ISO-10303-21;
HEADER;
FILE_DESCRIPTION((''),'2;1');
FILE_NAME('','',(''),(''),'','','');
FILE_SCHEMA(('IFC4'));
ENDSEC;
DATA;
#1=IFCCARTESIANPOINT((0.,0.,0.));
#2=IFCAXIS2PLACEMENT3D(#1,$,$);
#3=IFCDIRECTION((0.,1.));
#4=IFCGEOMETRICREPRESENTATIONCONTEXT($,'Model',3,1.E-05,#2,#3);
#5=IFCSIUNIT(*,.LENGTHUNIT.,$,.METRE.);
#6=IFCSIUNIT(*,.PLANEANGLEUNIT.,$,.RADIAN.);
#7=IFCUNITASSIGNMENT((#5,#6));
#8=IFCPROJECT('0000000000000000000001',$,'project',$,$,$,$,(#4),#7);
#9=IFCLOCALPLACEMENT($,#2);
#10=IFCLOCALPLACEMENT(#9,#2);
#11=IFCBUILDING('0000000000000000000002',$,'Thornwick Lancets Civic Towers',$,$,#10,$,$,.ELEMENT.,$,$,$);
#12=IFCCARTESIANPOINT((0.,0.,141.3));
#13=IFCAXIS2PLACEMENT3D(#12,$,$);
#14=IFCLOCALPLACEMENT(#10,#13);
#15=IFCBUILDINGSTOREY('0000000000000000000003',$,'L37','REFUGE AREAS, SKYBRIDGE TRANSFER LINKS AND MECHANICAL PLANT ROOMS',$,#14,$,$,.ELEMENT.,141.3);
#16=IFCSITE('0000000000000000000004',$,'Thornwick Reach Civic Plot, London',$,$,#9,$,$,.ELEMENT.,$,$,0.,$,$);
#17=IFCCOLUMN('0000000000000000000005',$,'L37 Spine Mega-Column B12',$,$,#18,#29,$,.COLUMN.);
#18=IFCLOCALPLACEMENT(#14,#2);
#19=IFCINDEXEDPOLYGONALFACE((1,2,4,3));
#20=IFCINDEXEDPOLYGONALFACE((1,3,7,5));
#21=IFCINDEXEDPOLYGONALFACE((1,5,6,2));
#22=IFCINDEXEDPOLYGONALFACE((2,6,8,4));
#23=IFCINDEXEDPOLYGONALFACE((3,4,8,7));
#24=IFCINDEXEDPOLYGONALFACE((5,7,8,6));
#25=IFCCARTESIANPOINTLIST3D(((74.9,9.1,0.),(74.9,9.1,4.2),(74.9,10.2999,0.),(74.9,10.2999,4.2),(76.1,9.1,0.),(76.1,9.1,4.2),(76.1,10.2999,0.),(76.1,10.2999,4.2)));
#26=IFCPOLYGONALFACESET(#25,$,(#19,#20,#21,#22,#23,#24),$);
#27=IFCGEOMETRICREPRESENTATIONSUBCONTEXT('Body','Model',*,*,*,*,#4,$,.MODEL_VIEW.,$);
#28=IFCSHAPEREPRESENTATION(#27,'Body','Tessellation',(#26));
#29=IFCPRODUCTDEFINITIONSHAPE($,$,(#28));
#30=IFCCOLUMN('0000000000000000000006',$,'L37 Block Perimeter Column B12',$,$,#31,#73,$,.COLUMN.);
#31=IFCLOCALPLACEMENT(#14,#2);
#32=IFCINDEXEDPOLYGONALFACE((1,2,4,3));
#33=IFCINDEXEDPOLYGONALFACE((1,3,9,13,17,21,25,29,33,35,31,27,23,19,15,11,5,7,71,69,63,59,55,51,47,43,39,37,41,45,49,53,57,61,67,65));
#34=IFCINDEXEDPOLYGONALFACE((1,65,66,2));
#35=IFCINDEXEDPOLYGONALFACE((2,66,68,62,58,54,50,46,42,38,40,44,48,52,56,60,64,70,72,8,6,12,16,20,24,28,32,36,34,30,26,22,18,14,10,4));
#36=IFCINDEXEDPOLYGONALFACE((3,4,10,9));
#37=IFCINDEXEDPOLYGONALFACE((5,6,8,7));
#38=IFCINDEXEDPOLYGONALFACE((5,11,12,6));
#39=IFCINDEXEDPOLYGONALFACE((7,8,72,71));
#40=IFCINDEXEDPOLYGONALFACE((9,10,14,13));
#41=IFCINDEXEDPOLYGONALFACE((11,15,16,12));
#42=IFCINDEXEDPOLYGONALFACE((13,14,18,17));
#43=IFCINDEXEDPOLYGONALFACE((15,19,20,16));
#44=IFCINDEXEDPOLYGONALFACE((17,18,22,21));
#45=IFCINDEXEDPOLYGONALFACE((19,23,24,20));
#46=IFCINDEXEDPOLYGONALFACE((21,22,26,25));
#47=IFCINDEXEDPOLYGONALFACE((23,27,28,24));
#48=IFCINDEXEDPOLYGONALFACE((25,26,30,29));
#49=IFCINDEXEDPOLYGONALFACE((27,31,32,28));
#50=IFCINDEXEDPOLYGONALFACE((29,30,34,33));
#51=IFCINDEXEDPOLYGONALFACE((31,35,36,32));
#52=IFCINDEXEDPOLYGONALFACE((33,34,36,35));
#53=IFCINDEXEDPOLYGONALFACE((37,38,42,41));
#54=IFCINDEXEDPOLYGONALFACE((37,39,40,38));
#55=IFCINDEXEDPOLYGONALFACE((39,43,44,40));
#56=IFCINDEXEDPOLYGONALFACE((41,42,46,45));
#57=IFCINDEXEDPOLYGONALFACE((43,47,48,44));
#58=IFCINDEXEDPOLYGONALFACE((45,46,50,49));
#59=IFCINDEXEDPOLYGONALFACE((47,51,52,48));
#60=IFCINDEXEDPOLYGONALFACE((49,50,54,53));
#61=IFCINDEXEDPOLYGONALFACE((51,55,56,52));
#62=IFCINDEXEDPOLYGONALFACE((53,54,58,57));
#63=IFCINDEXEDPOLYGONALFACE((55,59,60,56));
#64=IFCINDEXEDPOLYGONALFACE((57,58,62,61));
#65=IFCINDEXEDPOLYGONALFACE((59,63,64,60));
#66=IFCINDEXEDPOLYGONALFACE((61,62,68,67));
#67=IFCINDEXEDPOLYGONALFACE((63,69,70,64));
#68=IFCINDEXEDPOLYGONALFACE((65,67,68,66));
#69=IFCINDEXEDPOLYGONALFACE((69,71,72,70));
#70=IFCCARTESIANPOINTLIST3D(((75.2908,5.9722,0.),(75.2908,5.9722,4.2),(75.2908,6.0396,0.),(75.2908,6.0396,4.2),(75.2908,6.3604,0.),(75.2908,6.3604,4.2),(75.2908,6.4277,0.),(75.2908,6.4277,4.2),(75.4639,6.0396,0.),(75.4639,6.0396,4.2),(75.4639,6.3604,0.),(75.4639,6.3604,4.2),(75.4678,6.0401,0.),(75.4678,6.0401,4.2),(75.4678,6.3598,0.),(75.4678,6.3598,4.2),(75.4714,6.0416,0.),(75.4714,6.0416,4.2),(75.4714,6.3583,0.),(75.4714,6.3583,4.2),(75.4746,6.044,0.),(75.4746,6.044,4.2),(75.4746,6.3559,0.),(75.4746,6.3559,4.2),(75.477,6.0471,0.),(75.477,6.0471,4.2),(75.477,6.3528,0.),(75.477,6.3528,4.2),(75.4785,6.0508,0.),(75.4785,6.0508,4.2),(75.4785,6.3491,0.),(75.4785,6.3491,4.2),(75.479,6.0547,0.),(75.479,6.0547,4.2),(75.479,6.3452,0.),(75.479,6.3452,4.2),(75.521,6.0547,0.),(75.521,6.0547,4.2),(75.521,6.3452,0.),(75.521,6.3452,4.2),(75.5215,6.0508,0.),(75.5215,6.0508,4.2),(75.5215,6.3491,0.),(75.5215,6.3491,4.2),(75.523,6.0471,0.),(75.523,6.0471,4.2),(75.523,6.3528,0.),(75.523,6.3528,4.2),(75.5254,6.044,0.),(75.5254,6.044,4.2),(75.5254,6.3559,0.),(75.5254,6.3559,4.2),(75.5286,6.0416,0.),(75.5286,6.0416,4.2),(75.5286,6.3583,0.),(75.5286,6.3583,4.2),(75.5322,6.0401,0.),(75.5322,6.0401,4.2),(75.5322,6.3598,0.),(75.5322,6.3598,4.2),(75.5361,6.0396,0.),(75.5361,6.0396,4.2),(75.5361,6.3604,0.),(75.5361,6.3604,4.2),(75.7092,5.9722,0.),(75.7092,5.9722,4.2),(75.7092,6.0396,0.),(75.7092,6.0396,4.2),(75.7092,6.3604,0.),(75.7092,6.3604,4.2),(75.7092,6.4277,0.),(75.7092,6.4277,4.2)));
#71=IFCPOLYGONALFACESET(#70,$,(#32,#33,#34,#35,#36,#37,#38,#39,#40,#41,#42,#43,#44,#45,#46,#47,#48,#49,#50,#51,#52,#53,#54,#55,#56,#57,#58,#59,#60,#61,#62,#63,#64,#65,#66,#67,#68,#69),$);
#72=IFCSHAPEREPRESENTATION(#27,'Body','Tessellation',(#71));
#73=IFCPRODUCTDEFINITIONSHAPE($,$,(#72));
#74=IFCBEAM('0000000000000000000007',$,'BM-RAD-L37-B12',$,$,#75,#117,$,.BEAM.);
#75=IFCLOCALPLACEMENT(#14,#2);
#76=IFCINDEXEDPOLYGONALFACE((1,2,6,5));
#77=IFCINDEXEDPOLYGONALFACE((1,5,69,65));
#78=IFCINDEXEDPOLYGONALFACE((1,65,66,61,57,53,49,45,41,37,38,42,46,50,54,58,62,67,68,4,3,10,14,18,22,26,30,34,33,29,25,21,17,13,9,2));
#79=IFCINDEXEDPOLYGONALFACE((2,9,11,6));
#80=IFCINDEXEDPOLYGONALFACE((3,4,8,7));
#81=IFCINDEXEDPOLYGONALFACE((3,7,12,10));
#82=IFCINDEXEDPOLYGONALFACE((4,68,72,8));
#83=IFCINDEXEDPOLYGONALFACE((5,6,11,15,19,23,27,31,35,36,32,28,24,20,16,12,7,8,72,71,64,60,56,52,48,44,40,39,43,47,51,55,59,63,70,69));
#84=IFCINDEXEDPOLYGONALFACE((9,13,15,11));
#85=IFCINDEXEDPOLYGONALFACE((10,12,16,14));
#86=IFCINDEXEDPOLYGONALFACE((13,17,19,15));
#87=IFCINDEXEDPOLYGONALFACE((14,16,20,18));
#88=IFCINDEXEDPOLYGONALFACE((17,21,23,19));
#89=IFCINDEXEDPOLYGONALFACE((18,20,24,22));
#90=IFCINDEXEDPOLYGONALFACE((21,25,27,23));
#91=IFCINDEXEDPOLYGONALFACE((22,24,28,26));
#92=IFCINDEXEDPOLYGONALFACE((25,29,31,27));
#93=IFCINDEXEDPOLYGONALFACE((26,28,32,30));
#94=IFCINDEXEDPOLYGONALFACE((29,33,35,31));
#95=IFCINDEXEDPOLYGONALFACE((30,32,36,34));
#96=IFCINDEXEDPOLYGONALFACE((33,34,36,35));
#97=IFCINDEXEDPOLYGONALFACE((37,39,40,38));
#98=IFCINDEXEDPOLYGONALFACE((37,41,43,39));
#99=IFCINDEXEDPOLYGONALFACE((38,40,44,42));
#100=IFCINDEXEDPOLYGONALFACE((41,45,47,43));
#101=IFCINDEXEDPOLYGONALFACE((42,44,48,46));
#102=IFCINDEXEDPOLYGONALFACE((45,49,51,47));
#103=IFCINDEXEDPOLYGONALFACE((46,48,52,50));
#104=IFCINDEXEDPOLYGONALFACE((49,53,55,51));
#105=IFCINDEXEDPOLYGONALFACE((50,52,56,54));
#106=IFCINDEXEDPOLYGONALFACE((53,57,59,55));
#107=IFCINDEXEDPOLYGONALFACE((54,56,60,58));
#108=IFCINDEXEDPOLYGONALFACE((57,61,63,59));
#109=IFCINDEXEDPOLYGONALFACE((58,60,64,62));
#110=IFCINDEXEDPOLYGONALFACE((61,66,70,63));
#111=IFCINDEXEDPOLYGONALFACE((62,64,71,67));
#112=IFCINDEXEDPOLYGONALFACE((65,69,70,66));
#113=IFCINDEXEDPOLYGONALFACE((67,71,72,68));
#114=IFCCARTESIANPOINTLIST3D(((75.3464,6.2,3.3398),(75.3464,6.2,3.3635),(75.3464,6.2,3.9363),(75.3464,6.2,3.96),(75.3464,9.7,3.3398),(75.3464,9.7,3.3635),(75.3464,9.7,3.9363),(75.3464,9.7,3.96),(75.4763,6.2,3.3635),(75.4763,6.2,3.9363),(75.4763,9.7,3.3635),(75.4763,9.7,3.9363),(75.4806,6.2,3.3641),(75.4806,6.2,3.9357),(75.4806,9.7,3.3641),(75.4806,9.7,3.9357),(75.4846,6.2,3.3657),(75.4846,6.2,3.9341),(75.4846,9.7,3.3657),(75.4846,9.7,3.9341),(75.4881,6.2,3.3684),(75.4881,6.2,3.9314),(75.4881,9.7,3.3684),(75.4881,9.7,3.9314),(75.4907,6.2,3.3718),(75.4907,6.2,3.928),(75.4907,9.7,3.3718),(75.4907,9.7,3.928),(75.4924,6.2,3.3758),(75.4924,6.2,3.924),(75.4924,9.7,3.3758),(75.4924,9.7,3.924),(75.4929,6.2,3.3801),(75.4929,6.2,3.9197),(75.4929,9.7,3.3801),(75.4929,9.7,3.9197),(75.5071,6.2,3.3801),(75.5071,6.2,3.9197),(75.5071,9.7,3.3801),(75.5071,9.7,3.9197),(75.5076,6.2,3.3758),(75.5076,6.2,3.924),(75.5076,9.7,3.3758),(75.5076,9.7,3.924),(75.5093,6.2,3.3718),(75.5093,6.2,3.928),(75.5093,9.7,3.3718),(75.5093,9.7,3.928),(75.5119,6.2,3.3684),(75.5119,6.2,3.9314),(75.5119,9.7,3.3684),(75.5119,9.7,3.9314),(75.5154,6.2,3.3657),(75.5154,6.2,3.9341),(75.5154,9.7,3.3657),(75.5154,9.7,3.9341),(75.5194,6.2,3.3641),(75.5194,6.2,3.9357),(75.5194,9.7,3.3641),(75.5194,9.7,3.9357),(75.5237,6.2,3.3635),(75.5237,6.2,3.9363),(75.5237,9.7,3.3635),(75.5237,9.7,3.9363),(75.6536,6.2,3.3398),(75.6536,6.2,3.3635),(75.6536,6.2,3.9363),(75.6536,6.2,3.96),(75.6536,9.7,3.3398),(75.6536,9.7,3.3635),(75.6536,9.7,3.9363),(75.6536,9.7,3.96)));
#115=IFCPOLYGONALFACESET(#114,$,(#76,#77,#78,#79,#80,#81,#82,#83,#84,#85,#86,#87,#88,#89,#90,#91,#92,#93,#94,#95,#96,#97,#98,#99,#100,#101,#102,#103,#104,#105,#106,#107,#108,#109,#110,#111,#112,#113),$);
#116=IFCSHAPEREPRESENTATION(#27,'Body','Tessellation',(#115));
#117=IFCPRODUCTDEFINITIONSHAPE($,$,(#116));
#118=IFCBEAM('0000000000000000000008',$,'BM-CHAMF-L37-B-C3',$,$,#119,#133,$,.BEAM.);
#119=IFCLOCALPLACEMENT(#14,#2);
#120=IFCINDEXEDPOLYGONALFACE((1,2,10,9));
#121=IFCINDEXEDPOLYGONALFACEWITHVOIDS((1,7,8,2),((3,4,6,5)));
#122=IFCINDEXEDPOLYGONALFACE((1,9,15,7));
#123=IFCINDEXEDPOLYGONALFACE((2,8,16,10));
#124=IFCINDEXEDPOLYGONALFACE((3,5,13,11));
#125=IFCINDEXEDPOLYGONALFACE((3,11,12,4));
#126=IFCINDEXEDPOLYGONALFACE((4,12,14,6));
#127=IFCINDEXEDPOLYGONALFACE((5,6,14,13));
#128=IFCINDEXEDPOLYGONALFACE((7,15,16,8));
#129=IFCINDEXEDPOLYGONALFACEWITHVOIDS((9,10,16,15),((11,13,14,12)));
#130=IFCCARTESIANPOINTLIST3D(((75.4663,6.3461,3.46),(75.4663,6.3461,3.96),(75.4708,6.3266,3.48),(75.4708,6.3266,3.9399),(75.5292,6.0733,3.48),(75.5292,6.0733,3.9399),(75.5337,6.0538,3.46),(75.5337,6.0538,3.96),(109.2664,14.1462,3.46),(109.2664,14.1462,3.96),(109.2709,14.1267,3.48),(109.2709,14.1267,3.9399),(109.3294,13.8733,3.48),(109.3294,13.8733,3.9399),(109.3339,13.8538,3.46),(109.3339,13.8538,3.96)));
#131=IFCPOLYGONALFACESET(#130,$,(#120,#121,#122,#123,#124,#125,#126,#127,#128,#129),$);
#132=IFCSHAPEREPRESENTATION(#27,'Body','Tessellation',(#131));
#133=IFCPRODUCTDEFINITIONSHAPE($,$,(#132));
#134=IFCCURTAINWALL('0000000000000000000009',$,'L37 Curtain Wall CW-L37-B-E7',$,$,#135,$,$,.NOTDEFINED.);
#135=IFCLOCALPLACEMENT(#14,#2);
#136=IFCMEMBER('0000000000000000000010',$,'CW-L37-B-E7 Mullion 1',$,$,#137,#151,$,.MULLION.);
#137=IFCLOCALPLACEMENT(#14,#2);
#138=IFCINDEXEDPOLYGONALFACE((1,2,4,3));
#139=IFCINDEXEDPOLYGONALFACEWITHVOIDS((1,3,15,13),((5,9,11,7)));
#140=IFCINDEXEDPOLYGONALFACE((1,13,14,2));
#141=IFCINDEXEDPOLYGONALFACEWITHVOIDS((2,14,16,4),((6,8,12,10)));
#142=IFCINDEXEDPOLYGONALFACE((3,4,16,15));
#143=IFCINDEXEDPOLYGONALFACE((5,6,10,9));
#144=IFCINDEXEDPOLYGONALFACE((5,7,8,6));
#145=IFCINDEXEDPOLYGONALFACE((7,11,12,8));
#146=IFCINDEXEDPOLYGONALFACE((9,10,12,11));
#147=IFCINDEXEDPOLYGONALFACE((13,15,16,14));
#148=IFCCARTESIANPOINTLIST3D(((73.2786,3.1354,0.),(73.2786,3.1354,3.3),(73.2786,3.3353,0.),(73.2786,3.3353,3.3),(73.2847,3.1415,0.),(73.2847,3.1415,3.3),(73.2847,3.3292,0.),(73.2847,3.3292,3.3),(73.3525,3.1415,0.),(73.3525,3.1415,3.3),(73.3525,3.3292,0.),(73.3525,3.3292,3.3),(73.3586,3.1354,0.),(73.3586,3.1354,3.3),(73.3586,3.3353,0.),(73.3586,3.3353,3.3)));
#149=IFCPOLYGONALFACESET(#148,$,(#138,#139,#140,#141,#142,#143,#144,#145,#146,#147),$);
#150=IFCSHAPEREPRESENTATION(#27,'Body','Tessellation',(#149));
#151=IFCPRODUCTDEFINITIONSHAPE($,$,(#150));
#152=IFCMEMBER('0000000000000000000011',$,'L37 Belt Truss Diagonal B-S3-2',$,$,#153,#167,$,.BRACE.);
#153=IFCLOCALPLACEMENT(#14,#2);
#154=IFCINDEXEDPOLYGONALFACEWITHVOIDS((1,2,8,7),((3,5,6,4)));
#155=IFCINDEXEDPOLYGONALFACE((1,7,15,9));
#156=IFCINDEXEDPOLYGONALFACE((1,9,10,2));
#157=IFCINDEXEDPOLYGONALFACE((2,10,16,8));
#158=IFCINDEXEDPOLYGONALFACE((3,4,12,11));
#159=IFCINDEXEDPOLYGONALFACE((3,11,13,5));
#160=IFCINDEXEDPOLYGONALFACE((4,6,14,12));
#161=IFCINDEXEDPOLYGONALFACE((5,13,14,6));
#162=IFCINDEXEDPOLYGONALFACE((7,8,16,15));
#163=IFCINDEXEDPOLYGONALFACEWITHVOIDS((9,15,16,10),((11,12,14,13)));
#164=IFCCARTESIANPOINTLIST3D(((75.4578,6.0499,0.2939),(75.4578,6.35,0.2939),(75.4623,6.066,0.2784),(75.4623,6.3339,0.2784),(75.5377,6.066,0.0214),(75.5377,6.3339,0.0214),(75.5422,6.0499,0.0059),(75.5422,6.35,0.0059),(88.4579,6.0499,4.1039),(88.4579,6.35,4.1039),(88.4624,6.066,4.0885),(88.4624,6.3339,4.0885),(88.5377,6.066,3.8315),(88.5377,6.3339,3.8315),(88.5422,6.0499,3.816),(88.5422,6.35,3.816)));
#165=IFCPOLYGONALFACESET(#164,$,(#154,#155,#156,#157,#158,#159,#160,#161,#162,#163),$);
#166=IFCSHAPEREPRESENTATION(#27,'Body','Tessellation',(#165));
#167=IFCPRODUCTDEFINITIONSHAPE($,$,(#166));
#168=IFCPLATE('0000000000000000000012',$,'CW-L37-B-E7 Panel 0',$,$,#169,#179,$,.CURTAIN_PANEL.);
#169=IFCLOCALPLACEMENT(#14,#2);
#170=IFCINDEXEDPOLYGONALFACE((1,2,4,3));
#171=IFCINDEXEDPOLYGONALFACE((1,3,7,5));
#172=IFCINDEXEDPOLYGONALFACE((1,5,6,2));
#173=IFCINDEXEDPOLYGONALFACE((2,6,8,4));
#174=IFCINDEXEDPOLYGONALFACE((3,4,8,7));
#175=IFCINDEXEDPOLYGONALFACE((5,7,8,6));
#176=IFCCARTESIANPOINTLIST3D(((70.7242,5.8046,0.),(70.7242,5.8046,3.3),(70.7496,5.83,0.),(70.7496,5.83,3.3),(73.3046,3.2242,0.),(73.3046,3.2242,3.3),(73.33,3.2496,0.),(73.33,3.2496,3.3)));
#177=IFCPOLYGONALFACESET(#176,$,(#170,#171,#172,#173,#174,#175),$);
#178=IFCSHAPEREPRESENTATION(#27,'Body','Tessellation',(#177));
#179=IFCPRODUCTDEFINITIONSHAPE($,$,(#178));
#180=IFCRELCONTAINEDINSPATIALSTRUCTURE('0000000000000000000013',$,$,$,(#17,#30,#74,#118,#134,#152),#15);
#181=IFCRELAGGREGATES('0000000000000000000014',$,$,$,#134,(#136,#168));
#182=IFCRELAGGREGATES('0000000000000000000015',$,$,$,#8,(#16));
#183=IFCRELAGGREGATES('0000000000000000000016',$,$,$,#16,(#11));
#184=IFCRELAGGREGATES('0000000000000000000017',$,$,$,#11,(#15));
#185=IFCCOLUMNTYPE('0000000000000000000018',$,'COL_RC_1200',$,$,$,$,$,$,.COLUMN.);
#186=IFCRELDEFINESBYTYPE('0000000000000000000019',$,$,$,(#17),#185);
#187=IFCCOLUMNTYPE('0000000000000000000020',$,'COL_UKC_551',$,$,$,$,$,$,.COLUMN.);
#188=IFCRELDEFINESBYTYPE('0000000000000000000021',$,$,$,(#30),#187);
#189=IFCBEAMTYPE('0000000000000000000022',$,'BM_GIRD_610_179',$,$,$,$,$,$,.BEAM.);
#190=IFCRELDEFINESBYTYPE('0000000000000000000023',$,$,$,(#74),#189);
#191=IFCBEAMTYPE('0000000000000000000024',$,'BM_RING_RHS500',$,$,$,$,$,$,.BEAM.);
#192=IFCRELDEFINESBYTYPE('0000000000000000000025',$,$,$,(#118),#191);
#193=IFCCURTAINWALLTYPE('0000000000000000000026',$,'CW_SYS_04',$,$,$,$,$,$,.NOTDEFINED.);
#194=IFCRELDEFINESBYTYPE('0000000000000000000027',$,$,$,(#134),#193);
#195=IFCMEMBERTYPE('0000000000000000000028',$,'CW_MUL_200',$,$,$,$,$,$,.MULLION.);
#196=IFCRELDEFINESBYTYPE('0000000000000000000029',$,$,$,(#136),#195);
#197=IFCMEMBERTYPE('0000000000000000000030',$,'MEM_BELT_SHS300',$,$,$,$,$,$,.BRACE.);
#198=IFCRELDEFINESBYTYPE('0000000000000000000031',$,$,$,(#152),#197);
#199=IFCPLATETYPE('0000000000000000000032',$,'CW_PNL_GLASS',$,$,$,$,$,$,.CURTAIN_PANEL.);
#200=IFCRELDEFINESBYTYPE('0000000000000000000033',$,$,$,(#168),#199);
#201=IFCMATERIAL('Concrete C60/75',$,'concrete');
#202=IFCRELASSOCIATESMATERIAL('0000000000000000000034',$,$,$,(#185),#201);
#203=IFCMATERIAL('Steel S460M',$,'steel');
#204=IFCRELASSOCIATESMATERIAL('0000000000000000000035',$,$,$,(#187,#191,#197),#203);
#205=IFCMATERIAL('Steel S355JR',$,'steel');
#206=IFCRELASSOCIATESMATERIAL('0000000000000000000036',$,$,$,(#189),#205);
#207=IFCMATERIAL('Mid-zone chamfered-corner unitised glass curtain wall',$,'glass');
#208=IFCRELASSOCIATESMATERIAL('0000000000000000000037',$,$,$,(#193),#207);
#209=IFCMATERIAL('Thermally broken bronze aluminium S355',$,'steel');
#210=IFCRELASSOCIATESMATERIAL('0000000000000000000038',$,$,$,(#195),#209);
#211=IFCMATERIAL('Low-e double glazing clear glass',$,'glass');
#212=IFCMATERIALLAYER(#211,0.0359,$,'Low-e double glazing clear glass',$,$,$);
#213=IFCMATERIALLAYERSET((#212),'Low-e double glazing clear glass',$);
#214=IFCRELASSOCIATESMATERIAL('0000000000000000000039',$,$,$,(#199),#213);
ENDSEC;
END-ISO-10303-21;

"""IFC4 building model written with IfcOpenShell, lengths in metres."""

from ifc_helpers import new_model, si_unit, direction, frame, origin, origin_2d, place, context, subcontext, project, spatial, rectangle, hollow_rectangle, i_section, extrude, material, layer, layer_set, material_profile, profile_set, type_object, element, aggregate, save


model = new_model("IFC4")

# Units and contexts
model_context = context("Model", 3, precision=1e-05, world=origin(), true_north=direction((0.0, 1.0)))
body_context = subcontext(model_context, "Body", "Model", "MODEL_VIEW")
ifc_project = project(units=[si_unit("LENGTHUNIT", "METRE"), si_unit("PLANEANGLEUNIT", "RADIAN")], contexts=[model_context])

# Site, building, storey
site_placement = place(None, origin())
site = spatial("IfcSite", under=ifc_project, at=site_placement, Name="Thornwick Reach Civic Plot, London", CompositionType="ELEMENT", RefElevation=0.0)
building_placement = place(site_placement, origin())
building = spatial("IfcBuilding", under=site, at=building_placement, Name="Thornwick Lancets Civic Towers", CompositionType="ELEMENT")
storey_placement = place(building_placement, frame((0.0, 0.0, 141.3)))
storey = spatial("IfcBuildingStorey", under=building, at=storey_placement, Name="L37", Description="REFUGE AREAS, SKYBRIDGE TRANSFER LINKS AND MECHANICAL PLANT ROOMS", CompositionType="ELEMENT", Elevation=141.3)

# Columns
ifc_material_1 = material(Name="Concrete C60/75", Category="concrete")
ifc_material_profile_1 = material_profile(ifc_material_1, rectangle(XDim=1.2, YDim=1.2, at=origin_2d()), Name="RC 1200x1200")
ifc_profile_set_1 = profile_set([ifc_material_profile_1], Name="Concrete C60/75")
column_type_1 = type_object("IfcColumnType", Name="COL_RC_1200", PredefinedType="COLUMN", material=ifc_profile_set_1)
column_1_placement = place(storey_placement, frame((75.5, 9.7, 0.0), z_axis=(0.0, 0.0, 1.0), x_axis=(1.0, 0.0, 0.0)))
element("IfcColumn", 1, at=column_1_placement, inside=storey, type_object=column_type_1, Name="L37 Spine Mega-Column B12", PredefinedType="COLUMN", context=body_context, shape_type="SweptSolid", body=[
    extrude(rectangle(XDim=1.2, YDim=1.2, at=origin_2d()), origin(), (0.0, 0.0, 1.0), 4.2),
])
ifc_material_2 = material(Name="Steel S460M", Category="steel")
ifc_material_profile_2 = material_profile(ifc_material_2, i_section(OverallWidth=0.4185, OverallDepth=0.4556, WebThickness=0.042, FlangeThickness=0.0674, FilletRadius=0.0151, at=origin_2d()), Name="UKC 356x406x551")
ifc_profile_set_2 = profile_set([ifc_material_profile_2], Name="Steel S460M")
column_type_2 = type_object("IfcColumnType", Name="COL_UKC_551", PredefinedType="COLUMN", material=ifc_profile_set_2)
column_2_placement = place(storey_placement, frame((75.5, 6.2, 0.0), z_axis=(0.0, 0.0, 1.0), x_axis=(1.0, 0.0, 0.0)))
element("IfcColumn", 2, at=column_2_placement, inside=storey, type_object=column_type_2, Name="L37 Block Perimeter Column B12", PredefinedType="COLUMN", context=body_context, shape_type="SweptSolid", body=[
    extrude(i_section(OverallWidth=0.4185, OverallDepth=0.4556, WebThickness=0.042, FlangeThickness=0.0674, FilletRadius=0.0151, at=origin_2d()), origin(), (0.0, 0.0, 1.0), 4.2),
])

# Beams
ifc_material_3 = material(Name="Steel S355JR", Category="steel")
ifc_material_profile_3 = material_profile(ifc_material_3, i_section(OverallWidth=0.3071, OverallDepth=0.6201, WebThickness=0.0142, FlangeThickness=0.0237, FilletRadius=0.0166, at=origin_2d()), Name="UKB 610x305x179")
ifc_profile_set_3 = profile_set([ifc_material_profile_3], Name="Steel S355JR")
beam_type_1 = type_object("IfcBeamType", Name="BM_GIRD_610_179", PredefinedType="BEAM", material=ifc_profile_set_3)
beam_1_placement = place(storey_placement, frame((75.5, 9.7, 3.6499), z_axis=(0.0, -1.0, 0.0), x_axis=(1.0, 0.0, 0.0)))
element("IfcBeam", 3, at=beam_1_placement, inside=storey, type_object=beam_type_1, Name="BM-RAD-L37-B12", PredefinedType="BEAM", context=body_context, shape_type="SweptSolid", body=[
    extrude(i_section(OverallWidth=0.3071, OverallDepth=0.6201, WebThickness=0.0142, FlangeThickness=0.0237, FilletRadius=0.0166, at=origin_2d()), origin(), (0.0, 0.0, 1.0), 3.5),
])
ifc_material_profile_4 = material_profile(ifc_material_2, hollow_rectangle(XDim=0.3, YDim=0.5, WallThickness=0.02, at=origin_2d()), Name="RHS 500x300x20")
ifc_profile_set_4 = profile_set([ifc_material_profile_4], Name="Steel S460M")
beam_type_2 = type_object("IfcBeamType", Name="BM_RING_RHS500", PredefinedType="BEAM", material=ifc_profile_set_4)
beam_2_placement = place(storey_placement, frame((75.5, 6.2, 3.71), z_axis=(0.974391, 0.224861, 0.0), x_axis=(-0.224861, 0.974391, 0.0)))
element("IfcBeam", 4, at=beam_2_placement, inside=storey, type_object=beam_type_2, Name="BM-CHAMF-L37-B-C3", PredefinedType="BEAM", context=body_context, shape_type="SweptSolid", body=[
    extrude(hollow_rectangle(XDim=0.3, YDim=0.5, WallThickness=0.02, at=origin_2d()), origin(), (0.0, 0.0, 1.0), 34.6885),
])

# Curtain wall, member
ifc_material_4 = material(Name="Mid-zone chamfered-corner unitised glass curtain wall", Category="glass")
curtain_wall_type = type_object("IfcCurtainWallType", Name="CW_SYS_04", PredefinedType="NOTDEFINED", material=ifc_material_4)
curtain_wall_placement = place(storey_placement, origin())
curtain_wall = element("IfcCurtainWall", 5, at=curtain_wall_placement, inside=storey, type_object=curtain_wall_type, Name="L37 Curtain Wall CW-L37-B-E7", PredefinedType="NOTDEFINED")
ifc_material_5 = material(Name="Thermally broken bronze aluminium S355", Category="steel")
ifc_material_profile_5 = material_profile(ifc_material_5, hollow_rectangle(XDim=0.0801, YDim=0.2, WallThickness=0.0061, at=origin_2d()), Name="RHS 200x80x6")
ifc_profile_set_5 = profile_set([ifc_material_profile_5], Name="Thermally broken bronze aluminium S355")
member_type_1 = type_object("IfcMemberType", Name="CW_MUL_200", PredefinedType="MULLION", material=ifc_profile_set_5)
member_1_placement = place(storey_placement, frame((73.3186, 3.2354, 0.0), z_axis=(0.0, 0.0, 1.0), x_axis=(1.0, 0.0, 0.0)))
member_1 = element("IfcMember", 6, at=member_1_placement, type_object=member_type_1, Name="CW-L37-B-E7 Mullion 1", PredefinedType="MULLION", context=body_context, shape_type="SweptSolid", body=[
    extrude(hollow_rectangle(XDim=0.0801, YDim=0.2, WallThickness=0.0061, at=origin_2d()), origin(), (0.0, 0.0, 1.0), 3.3),
])

# Member
ifc_material_profile_6 = material_profile(ifc_material_2, hollow_rectangle(XDim=0.3, YDim=0.3, WallThickness=0.0161, at=origin_2d()), Name="SHS 300x300x16")
ifc_profile_set_6 = profile_set([ifc_material_profile_6], Name="Steel S460M")
member_type_2 = type_object("IfcMemberType", Name="MEM_BELT_SHS300", PredefinedType="BRACE", material=ifc_profile_set_6)
member_2_placement = place(storey_placement, frame((75.5, 6.2, 0.1499), z_axis=(0.959634, 0.0, 0.281251), x_axis=(0.0, 1.0, 0.0)))
element("IfcMember", 7, at=member_2_placement, inside=storey, type_object=member_type_2, Name="L37 Belt Truss Diagonal B-S3-2", PredefinedType="BRACE", context=body_context, shape_type="SweptSolid", body=[
    extrude(hollow_rectangle(XDim=0.3, YDim=0.3, WallThickness=0.0161, at=origin_2d()), origin(), (0.0, 0.0, 1.0), 13.5469),
])

# Plate
ifc_material_6 = material(Name="Low-e double glazing clear glass", Category="glass")
ifc_layer_1 = layer(ifc_material_6, 0.0359, Name="Low-e double glazing clear glass")
ifc_layer_set_1 = layer_set([ifc_layer_1], Name="Low-e double glazing clear glass")
plate_type_1 = type_object("IfcPlateType", Name="CW_PNL_GLASS", PredefinedType="CURTAIN_PANEL", material=ifc_layer_set_1)
plate_1_placement = place(storey_placement, frame((72.0271, 4.5271, 0.0), z_axis=(0.0, 0.0, 1.0), x_axis=(0.707107, -0.707107, 0.0)))
plate_1 = element("IfcPlate", 8, at=plate_1_placement, type_object=plate_type_1, Name="CW-L37-B-E7 Panel 0", PredefinedType="CURTAIN_PANEL", context=body_context, shape_type="SweptSolid", body=[
    extrude(rectangle(XDim=3.6492, YDim=0.0359, at=origin_2d()), origin(), (0.0, 0.0, 1.0), 3.3),
])
aggregate(curtain_wall, [member_1, plate_1])

save(model, "model.ifc")
